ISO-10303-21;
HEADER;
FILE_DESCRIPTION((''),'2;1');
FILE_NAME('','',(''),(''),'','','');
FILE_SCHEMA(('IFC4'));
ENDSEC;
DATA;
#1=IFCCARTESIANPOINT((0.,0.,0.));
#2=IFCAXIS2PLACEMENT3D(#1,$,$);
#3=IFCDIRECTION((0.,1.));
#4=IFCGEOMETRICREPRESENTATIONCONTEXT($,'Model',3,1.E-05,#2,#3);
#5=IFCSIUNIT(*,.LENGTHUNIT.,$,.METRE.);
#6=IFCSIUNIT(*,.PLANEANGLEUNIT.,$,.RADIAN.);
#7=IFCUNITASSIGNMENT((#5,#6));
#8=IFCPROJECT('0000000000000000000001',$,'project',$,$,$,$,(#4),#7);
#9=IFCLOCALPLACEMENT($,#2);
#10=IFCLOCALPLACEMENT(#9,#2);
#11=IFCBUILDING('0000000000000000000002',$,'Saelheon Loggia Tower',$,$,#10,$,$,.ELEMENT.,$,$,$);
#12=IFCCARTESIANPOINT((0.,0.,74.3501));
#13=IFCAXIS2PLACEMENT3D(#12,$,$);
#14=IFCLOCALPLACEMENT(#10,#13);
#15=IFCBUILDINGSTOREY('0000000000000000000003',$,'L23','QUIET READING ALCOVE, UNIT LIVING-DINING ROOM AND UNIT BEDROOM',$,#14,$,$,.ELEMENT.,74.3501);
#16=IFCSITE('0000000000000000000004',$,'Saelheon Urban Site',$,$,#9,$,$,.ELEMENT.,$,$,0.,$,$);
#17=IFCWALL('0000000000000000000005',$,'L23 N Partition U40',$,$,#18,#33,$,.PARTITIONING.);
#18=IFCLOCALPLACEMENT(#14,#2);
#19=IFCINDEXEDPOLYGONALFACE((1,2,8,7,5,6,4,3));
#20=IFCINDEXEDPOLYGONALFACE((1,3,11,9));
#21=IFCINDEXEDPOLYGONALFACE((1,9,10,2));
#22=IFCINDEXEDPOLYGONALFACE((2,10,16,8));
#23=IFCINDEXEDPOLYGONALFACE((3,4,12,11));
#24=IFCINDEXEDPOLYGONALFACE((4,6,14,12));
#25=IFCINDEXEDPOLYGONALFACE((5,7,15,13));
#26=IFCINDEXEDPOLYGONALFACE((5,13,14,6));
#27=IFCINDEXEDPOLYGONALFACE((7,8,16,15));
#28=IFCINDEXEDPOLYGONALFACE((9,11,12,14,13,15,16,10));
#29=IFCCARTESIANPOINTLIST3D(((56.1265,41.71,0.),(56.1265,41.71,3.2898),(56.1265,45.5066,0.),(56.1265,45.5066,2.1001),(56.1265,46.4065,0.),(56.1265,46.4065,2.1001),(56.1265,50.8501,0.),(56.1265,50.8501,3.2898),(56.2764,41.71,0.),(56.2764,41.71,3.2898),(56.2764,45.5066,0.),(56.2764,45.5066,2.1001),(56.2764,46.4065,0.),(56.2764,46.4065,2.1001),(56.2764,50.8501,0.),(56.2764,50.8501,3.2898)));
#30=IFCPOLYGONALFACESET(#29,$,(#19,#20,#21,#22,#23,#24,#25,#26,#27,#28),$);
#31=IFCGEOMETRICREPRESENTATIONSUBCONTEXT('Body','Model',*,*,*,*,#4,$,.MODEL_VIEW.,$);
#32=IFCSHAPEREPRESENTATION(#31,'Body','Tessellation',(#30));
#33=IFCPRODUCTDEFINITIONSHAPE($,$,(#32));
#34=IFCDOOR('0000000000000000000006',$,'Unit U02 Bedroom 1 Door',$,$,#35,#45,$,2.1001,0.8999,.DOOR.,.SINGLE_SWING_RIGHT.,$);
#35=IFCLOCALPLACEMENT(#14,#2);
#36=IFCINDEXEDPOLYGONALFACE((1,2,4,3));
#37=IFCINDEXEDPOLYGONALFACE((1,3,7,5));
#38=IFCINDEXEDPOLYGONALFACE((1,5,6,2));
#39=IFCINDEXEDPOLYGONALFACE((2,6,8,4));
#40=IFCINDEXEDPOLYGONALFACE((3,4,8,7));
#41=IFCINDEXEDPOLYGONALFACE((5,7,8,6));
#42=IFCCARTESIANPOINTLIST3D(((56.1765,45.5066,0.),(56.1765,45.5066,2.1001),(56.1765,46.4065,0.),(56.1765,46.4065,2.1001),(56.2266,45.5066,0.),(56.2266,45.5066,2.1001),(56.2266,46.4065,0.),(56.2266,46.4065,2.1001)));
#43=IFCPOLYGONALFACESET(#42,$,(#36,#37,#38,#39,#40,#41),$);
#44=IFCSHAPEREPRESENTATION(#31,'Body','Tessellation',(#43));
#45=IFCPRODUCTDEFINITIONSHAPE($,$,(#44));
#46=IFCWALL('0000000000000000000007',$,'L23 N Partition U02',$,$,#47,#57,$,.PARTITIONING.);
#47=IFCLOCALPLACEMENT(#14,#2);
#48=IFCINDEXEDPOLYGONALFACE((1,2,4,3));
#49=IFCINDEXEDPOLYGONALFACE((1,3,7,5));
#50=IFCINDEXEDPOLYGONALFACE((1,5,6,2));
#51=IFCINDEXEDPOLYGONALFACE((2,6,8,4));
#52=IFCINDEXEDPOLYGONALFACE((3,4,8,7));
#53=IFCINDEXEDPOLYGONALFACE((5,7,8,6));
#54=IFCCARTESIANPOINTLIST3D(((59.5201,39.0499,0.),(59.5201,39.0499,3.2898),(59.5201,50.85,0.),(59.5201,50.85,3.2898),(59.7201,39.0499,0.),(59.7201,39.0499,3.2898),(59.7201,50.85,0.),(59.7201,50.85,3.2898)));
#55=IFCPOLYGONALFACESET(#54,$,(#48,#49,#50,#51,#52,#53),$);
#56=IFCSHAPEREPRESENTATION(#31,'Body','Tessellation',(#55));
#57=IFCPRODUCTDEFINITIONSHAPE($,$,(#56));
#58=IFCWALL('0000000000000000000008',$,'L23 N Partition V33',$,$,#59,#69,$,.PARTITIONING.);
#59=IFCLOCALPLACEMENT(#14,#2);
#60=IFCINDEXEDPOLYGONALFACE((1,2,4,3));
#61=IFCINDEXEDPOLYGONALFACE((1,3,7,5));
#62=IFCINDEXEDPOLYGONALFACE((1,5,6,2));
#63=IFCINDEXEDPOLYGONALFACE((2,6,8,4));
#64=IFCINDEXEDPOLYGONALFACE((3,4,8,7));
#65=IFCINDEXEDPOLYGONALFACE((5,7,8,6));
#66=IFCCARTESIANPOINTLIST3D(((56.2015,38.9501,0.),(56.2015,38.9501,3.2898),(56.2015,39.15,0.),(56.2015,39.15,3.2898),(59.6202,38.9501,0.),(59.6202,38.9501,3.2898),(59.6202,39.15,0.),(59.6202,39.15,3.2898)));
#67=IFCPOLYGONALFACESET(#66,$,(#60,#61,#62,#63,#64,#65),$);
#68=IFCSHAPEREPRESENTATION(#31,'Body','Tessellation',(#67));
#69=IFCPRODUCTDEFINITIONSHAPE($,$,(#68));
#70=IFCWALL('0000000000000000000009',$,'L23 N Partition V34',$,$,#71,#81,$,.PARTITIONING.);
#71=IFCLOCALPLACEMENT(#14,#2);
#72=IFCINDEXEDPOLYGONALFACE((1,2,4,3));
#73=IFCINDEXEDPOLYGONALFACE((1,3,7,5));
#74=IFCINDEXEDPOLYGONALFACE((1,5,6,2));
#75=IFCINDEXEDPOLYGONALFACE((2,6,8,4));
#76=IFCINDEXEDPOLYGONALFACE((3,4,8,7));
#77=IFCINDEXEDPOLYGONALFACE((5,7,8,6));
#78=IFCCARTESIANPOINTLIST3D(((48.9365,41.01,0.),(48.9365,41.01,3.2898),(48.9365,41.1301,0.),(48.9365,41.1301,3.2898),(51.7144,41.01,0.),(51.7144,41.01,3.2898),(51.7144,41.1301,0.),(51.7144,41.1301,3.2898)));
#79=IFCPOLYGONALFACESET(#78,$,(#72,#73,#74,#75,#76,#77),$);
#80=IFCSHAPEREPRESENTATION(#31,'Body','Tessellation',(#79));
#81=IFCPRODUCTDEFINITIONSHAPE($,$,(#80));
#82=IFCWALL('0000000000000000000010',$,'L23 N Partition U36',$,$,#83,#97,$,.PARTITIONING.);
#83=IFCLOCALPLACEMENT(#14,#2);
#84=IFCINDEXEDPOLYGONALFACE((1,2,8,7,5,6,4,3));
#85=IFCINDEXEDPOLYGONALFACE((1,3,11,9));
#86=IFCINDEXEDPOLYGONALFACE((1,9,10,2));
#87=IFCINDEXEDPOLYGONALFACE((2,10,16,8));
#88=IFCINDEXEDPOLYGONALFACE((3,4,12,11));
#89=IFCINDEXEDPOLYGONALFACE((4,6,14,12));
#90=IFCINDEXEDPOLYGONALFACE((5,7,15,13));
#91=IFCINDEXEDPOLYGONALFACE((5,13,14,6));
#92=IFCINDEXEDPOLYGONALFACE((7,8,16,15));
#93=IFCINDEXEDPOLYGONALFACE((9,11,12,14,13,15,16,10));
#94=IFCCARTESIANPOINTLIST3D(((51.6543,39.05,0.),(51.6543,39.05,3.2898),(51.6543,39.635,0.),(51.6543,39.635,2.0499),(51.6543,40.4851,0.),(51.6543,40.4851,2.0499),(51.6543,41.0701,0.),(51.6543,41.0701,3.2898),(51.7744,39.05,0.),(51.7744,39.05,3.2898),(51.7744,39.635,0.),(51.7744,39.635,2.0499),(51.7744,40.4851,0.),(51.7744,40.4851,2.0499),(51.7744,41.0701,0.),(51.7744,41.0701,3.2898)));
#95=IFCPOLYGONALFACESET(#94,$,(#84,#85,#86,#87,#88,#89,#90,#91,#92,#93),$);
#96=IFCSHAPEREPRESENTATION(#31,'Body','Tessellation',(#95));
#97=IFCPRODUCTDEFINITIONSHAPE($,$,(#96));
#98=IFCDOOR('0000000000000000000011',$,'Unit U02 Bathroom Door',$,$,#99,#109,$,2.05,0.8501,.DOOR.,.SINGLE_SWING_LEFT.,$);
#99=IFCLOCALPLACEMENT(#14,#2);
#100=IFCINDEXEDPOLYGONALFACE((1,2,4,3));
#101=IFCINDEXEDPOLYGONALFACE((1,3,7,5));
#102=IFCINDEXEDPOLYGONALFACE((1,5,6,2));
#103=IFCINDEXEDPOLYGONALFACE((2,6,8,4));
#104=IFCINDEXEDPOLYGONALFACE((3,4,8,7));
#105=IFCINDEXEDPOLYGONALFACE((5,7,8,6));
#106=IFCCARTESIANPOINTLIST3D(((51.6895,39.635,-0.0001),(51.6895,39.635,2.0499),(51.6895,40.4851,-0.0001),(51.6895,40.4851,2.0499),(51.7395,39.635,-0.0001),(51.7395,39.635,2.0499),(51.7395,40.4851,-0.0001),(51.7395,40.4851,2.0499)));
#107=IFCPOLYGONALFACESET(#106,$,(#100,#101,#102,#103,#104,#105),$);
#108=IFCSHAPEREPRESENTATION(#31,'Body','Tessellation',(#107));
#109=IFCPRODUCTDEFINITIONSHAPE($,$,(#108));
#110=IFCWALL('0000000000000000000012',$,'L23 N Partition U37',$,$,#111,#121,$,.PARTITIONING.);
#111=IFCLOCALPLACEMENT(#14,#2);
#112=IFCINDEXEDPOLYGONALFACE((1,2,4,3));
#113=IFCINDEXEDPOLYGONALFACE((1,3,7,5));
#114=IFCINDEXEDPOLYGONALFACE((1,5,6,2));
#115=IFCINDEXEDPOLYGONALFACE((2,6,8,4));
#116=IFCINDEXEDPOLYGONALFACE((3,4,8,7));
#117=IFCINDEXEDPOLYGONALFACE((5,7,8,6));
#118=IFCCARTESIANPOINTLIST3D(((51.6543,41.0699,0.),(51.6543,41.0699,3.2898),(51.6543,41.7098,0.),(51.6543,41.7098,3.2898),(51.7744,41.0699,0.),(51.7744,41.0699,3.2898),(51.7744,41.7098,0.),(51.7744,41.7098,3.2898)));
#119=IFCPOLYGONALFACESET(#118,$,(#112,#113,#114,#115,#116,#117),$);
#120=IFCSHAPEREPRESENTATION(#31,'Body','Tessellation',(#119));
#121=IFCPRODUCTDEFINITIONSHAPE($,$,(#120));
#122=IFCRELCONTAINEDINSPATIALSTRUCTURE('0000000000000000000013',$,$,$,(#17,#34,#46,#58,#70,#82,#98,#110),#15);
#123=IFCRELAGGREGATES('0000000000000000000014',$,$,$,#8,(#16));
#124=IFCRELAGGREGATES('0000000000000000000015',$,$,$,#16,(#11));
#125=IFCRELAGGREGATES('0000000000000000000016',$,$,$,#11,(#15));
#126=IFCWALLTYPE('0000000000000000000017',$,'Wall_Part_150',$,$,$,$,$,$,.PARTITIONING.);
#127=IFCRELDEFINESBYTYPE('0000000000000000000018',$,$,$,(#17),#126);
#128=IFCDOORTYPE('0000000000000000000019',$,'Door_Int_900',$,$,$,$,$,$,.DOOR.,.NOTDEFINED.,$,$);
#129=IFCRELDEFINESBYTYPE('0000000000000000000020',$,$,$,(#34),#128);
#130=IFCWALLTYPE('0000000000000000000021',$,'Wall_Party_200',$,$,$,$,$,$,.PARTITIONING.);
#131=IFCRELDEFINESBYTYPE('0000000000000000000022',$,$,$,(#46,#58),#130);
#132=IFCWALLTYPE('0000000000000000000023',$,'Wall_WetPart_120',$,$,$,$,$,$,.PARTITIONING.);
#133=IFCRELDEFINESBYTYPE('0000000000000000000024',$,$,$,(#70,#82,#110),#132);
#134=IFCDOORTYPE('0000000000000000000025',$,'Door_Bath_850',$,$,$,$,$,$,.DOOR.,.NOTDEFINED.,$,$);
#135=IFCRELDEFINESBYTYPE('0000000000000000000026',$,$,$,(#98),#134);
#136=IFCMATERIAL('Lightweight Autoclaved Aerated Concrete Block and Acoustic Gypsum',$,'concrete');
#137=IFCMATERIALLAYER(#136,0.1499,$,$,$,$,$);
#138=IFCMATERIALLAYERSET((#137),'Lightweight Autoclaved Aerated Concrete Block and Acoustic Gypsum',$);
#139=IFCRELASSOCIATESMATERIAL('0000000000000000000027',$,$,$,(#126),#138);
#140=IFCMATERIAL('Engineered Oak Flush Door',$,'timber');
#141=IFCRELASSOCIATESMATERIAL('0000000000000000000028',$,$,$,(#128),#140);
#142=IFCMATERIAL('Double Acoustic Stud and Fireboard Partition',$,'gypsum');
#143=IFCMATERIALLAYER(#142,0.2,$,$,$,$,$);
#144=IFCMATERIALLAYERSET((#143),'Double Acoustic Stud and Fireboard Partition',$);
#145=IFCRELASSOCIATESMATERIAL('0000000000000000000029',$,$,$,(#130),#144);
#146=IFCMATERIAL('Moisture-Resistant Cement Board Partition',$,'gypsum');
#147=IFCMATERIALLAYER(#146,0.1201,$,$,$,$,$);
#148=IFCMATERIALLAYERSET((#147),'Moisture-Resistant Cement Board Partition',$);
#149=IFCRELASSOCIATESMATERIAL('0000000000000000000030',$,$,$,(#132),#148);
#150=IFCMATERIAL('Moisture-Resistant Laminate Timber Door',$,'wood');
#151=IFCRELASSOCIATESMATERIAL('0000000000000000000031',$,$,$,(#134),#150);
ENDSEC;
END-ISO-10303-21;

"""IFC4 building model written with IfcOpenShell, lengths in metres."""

from ifc_helpers import new_model, si_unit, direction, frame, frame_2d, origin, place, context, subcontext, project, spatial, rectangle, extrude, source, transform, mapped, material, layer, layer_set, type_object, element, fill, save


model = new_model("IFC4")

# Units and contexts
model_context = context("Model", 3, precision=1e-05, world=origin(), true_north=direction((0.0, 1.0)))
body_context = subcontext(model_context, "Body", "Model", "MODEL_VIEW")
ifc_project = project(units=[si_unit("LENGTHUNIT", "METRE"), si_unit("PLANEANGLEUNIT", "RADIAN")], contexts=[model_context])

# Site, building, storey
site_placement = place(None, origin())
site = spatial("IfcSite", under=ifc_project, at=site_placement, Name="Saelheon Urban Site", CompositionType="ELEMENT", RefElevation=0.0)
building_placement = place(site_placement, origin())
building = spatial("IfcBuilding", under=site, at=building_placement, Name="Saelheon Loggia Tower", CompositionType="ELEMENT")
storey_placement = place(building_placement, frame((0.0, 0.0, 74.3501)))
storey = spatial("IfcBuildingStorey", under=building, at=storey_placement, Name="L23", Description="QUIET READING ALCOVE, UNIT LIVING-DINING ROOM AND UNIT BEDROOM", CompositionType="ELEMENT", Elevation=74.3501)

# Shared definitions
ifc_material_1 = material(Name="Lightweight Autoclaved Aerated Concrete Block and Acoustic Gypsum", Category="concrete")
ifc_layer_1 = layer(ifc_material_1, 0.1499)
ifc_layer_set_1 = layer_set([ifc_layer_1], Name="Lightweight Autoclaved Aerated Concrete Block and Acoustic Gypsum")
wall_type_1 = type_object("IfcWallType", Name="Wall_Part_150", PredefinedType="PARTITIONING", material=ifc_layer_set_1)

# Wall, opening, door
ifc_material_2 = material(Name="Engineered Oak Flush Door", Category="timber")
door_type_1 = type_object("IfcDoorType", Name="Door_Int_900", OperationType="NOTDEFINED", PredefinedType="DOOR", material=ifc_material_2)
shared_shape_1 = source(origin(), body_context, "Body", "SweptSolid", [
    extrude(rectangle(XDim=0.8999, YDim=2.1001, at=frame_2d((0.45, 1.05))), frame((0.0, 0.0249, 0.0), z_axis=(0.0, -1.0, 0.0), x_axis=(1.0, 0.0, 0.0)), (0.0, 0.0, 1.0), 0.05),
])
wall_1_placement = place(storey_placement, frame((56.2014, 41.71, 0.0), z_axis=(0.0, 0.0, 1.0), x_axis=(0.0, 1.0, 0.0)))
wall_1 = element("IfcWall", 1, at=wall_1_placement, inside=storey, type_object=wall_type_1, Name="L23 N Partition U40", PredefinedType="PARTITIONING", context=body_context, shape_type="SweptSolid", body=[
    extrude(rectangle(XDim=9.1401, YDim=0.1499, at=frame_2d((4.5701, 0.0))), origin(), (0.0, 0.0, 1.0), 3.2898),
])
opening_1_placement = place(wall_1_placement, frame((3.7966, 0.0, 0.0)))
opening_1 = element("IfcOpeningElement", 2, at=opening_1_placement, cuts=wall_1, PredefinedType="OPENING", context=body_context, shape_type="SweptSolid", body=[
    extrude(rectangle(XDim=0.8999, YDim=2.1001, at=frame_2d((0.45, 1.05))), frame((0.0, 0.0869, 0.0), z_axis=(0.0, -1.0, 0.0), x_axis=(1.0, 0.0, 0.0)), (0.0, 0.0, 1.0), 0.1738),
])
door_1_placement = place(opening_1_placement, origin())
door_1 = element("IfcDoor", 3, at=door_1_placement, inside=storey, type_object=door_type_1, Name="Unit U02 Bedroom 1 Door", OperationType="SINGLE_SWING_RIGHT", OverallHeight=2.1001, OverallWidth=0.8999, PredefinedType="DOOR", context=body_context, shape_type="MappedRepresentation", body=[
    mapped(shared_shape_1, transform((0.0, 0.0, 0.0), scale=1.0)),
])
fill(opening_1, door_1)

# Walls
ifc_material_3 = material(Name="Double Acoustic Stud and Fireboard Partition", Category="gypsum")
ifc_layer_2 = layer(ifc_material_3, 0.2)
ifc_layer_set_2 = layer_set([ifc_layer_2], Name="Double Acoustic Stud and Fireboard Partition")
wall_type_2 = type_object("IfcWallType", Name="Wall_Party_200", PredefinedType="PARTITIONING", material=ifc_layer_set_2)
wall_2_placement = place(storey_placement, frame((59.6201, 39.05, 0.0), z_axis=(0.0, 0.0, 1.0), x_axis=(0.0, 1.0, 0.0)))
element("IfcWall", 4, at=wall_2_placement, inside=storey, type_object=wall_type_2, Name="L23 N Partition U02", PredefinedType="PARTITIONING", context=body_context, shape_type="SweptSolid", body=[
    extrude(rectangle(XDim=11.8, YDim=0.2, at=frame_2d((5.8999, 0.0))), origin(), (0.0, 0.0, 1.0), 3.2898),
])
wall_3_placement = place(storey_placement, frame((56.2014, 39.05, 0.0), z_axis=(0.0, 0.0, 1.0), x_axis=(1.0, 0.0, 0.0)))
element("IfcWall", 5, at=wall_3_placement, inside=storey, type_object=wall_type_2, Name="L23 N Partition V33", PredefinedType="PARTITIONING", context=body_context, shape_type="SweptSolid", body=[
    extrude(rectangle(XDim=3.4187, YDim=0.2, at=frame_2d((1.7095, 0.0))), origin(), (0.0, 0.0, 1.0), 3.2898),
])
ifc_material_4 = material(Name="Moisture-Resistant Cement Board Partition", Category="gypsum")
ifc_layer_3 = layer(ifc_material_4, 0.1201)
ifc_layer_set_3 = layer_set([ifc_layer_3], Name="Moisture-Resistant Cement Board Partition")
wall_type_3 = type_object("IfcWallType", Name="Wall_WetPart_120", PredefinedType="PARTITIONING", material=ifc_layer_set_3)
wall_4_placement = place(storey_placement, frame((48.9365, 41.0701, 0.0), z_axis=(0.0, 0.0, 1.0), x_axis=(1.0, 0.0, 0.0)))
element("IfcWall", 6, at=wall_4_placement, inside=storey, type_object=wall_type_3, Name="L23 N Partition V34", PredefinedType="PARTITIONING", context=body_context, shape_type="SweptSolid", body=[
    extrude(rectangle(XDim=2.7778, YDim=0.1201, at=frame_2d((1.3889, 0.0))), origin(), (0.0, 0.0, 1.0), 3.2898),
])

# Wall, opening, door
wall_5_placement = place(storey_placement, frame((51.7144, 39.05, 0.0), z_axis=(0.0, 0.0, 1.0), x_axis=(0.0, 1.0, 0.0)))
wall_5 = element("IfcWall", 7, at=wall_5_placement, inside=storey, type_object=wall_type_3, Name="L23 N Partition U36", PredefinedType="PARTITIONING", context=body_context, shape_type="SweptSolid", body=[
    extrude(rectangle(XDim=2.02, YDim=0.1201, at=frame_2d((1.01, 0.0))), origin(), (0.0, 0.0, 1.0), 3.2898),
])
opening_2_placement = place(wall_5_placement, frame((0.585, 0.0, 0.0)))
opening_2 = element("IfcOpeningElement", 8, at=opening_2_placement, cuts=wall_5, PredefinedType="OPENING", context=body_context, shape_type="SweptSolid", body=[
    extrude(rectangle(XDim=0.8501, YDim=2.05, at=frame_2d((0.425, 1.0249))), frame((0.0, 0.072, 0.0), z_axis=(0.0, -1.0, 0.0), x_axis=(1.0, 0.0, 0.0)), (0.0, 0.0, 1.0), 0.144),
])
ifc_material_5 = material(Name="Moisture-Resistant Laminate Timber Door", Category="wood")
door_type_2 = type_object("IfcDoorType", Name="Door_Bath_850", OperationType="NOTDEFINED", PredefinedType="DOOR", material=ifc_material_5)
shared_shape_2 = source(origin(), body_context, "Body", "SweptSolid", [
    extrude(rectangle(XDim=0.8501, YDim=2.05, at=frame_2d((0.425, 1.0249))), frame((0.0, 0.0249, 0.0), z_axis=(0.0, -1.0, 0.0), x_axis=(1.0, 0.0, 0.0)), (0.0, 0.0, 1.0), 0.05),
])
door_2_placement = place(opening_2_placement, origin())
door_2 = element("IfcDoor", 9, at=door_2_placement, inside=storey, type_object=door_type_2, Name="Unit U02 Bathroom Door", OperationType="SINGLE_SWING_LEFT", OverallHeight=2.05, OverallWidth=0.8501, PredefinedType="DOOR", context=body_context, shape_type="MappedRepresentation", body=[
    mapped(shared_shape_2, transform((0.0, 0.0, 0.0), scale=1.0)),
])
fill(opening_2, door_2)

# Wall
wall_6_placement = place(storey_placement, frame((51.7144, 41.0701, 0.0), z_axis=(0.0, 0.0, 1.0), x_axis=(0.0, 1.0, 0.0)))
element("IfcWall", 10, at=wall_6_placement, inside=storey, type_object=wall_type_3, Name="L23 N Partition U37", PredefinedType="PARTITIONING", context=body_context, shape_type="SweptSolid", body=[
    extrude(rectangle(XDim=0.6399, YDim=0.1201, at=frame_2d((0.3198, 0.0))), origin(), (0.0, 0.0, 1.0), 3.2898),
])

save(model, "model.ifc")
